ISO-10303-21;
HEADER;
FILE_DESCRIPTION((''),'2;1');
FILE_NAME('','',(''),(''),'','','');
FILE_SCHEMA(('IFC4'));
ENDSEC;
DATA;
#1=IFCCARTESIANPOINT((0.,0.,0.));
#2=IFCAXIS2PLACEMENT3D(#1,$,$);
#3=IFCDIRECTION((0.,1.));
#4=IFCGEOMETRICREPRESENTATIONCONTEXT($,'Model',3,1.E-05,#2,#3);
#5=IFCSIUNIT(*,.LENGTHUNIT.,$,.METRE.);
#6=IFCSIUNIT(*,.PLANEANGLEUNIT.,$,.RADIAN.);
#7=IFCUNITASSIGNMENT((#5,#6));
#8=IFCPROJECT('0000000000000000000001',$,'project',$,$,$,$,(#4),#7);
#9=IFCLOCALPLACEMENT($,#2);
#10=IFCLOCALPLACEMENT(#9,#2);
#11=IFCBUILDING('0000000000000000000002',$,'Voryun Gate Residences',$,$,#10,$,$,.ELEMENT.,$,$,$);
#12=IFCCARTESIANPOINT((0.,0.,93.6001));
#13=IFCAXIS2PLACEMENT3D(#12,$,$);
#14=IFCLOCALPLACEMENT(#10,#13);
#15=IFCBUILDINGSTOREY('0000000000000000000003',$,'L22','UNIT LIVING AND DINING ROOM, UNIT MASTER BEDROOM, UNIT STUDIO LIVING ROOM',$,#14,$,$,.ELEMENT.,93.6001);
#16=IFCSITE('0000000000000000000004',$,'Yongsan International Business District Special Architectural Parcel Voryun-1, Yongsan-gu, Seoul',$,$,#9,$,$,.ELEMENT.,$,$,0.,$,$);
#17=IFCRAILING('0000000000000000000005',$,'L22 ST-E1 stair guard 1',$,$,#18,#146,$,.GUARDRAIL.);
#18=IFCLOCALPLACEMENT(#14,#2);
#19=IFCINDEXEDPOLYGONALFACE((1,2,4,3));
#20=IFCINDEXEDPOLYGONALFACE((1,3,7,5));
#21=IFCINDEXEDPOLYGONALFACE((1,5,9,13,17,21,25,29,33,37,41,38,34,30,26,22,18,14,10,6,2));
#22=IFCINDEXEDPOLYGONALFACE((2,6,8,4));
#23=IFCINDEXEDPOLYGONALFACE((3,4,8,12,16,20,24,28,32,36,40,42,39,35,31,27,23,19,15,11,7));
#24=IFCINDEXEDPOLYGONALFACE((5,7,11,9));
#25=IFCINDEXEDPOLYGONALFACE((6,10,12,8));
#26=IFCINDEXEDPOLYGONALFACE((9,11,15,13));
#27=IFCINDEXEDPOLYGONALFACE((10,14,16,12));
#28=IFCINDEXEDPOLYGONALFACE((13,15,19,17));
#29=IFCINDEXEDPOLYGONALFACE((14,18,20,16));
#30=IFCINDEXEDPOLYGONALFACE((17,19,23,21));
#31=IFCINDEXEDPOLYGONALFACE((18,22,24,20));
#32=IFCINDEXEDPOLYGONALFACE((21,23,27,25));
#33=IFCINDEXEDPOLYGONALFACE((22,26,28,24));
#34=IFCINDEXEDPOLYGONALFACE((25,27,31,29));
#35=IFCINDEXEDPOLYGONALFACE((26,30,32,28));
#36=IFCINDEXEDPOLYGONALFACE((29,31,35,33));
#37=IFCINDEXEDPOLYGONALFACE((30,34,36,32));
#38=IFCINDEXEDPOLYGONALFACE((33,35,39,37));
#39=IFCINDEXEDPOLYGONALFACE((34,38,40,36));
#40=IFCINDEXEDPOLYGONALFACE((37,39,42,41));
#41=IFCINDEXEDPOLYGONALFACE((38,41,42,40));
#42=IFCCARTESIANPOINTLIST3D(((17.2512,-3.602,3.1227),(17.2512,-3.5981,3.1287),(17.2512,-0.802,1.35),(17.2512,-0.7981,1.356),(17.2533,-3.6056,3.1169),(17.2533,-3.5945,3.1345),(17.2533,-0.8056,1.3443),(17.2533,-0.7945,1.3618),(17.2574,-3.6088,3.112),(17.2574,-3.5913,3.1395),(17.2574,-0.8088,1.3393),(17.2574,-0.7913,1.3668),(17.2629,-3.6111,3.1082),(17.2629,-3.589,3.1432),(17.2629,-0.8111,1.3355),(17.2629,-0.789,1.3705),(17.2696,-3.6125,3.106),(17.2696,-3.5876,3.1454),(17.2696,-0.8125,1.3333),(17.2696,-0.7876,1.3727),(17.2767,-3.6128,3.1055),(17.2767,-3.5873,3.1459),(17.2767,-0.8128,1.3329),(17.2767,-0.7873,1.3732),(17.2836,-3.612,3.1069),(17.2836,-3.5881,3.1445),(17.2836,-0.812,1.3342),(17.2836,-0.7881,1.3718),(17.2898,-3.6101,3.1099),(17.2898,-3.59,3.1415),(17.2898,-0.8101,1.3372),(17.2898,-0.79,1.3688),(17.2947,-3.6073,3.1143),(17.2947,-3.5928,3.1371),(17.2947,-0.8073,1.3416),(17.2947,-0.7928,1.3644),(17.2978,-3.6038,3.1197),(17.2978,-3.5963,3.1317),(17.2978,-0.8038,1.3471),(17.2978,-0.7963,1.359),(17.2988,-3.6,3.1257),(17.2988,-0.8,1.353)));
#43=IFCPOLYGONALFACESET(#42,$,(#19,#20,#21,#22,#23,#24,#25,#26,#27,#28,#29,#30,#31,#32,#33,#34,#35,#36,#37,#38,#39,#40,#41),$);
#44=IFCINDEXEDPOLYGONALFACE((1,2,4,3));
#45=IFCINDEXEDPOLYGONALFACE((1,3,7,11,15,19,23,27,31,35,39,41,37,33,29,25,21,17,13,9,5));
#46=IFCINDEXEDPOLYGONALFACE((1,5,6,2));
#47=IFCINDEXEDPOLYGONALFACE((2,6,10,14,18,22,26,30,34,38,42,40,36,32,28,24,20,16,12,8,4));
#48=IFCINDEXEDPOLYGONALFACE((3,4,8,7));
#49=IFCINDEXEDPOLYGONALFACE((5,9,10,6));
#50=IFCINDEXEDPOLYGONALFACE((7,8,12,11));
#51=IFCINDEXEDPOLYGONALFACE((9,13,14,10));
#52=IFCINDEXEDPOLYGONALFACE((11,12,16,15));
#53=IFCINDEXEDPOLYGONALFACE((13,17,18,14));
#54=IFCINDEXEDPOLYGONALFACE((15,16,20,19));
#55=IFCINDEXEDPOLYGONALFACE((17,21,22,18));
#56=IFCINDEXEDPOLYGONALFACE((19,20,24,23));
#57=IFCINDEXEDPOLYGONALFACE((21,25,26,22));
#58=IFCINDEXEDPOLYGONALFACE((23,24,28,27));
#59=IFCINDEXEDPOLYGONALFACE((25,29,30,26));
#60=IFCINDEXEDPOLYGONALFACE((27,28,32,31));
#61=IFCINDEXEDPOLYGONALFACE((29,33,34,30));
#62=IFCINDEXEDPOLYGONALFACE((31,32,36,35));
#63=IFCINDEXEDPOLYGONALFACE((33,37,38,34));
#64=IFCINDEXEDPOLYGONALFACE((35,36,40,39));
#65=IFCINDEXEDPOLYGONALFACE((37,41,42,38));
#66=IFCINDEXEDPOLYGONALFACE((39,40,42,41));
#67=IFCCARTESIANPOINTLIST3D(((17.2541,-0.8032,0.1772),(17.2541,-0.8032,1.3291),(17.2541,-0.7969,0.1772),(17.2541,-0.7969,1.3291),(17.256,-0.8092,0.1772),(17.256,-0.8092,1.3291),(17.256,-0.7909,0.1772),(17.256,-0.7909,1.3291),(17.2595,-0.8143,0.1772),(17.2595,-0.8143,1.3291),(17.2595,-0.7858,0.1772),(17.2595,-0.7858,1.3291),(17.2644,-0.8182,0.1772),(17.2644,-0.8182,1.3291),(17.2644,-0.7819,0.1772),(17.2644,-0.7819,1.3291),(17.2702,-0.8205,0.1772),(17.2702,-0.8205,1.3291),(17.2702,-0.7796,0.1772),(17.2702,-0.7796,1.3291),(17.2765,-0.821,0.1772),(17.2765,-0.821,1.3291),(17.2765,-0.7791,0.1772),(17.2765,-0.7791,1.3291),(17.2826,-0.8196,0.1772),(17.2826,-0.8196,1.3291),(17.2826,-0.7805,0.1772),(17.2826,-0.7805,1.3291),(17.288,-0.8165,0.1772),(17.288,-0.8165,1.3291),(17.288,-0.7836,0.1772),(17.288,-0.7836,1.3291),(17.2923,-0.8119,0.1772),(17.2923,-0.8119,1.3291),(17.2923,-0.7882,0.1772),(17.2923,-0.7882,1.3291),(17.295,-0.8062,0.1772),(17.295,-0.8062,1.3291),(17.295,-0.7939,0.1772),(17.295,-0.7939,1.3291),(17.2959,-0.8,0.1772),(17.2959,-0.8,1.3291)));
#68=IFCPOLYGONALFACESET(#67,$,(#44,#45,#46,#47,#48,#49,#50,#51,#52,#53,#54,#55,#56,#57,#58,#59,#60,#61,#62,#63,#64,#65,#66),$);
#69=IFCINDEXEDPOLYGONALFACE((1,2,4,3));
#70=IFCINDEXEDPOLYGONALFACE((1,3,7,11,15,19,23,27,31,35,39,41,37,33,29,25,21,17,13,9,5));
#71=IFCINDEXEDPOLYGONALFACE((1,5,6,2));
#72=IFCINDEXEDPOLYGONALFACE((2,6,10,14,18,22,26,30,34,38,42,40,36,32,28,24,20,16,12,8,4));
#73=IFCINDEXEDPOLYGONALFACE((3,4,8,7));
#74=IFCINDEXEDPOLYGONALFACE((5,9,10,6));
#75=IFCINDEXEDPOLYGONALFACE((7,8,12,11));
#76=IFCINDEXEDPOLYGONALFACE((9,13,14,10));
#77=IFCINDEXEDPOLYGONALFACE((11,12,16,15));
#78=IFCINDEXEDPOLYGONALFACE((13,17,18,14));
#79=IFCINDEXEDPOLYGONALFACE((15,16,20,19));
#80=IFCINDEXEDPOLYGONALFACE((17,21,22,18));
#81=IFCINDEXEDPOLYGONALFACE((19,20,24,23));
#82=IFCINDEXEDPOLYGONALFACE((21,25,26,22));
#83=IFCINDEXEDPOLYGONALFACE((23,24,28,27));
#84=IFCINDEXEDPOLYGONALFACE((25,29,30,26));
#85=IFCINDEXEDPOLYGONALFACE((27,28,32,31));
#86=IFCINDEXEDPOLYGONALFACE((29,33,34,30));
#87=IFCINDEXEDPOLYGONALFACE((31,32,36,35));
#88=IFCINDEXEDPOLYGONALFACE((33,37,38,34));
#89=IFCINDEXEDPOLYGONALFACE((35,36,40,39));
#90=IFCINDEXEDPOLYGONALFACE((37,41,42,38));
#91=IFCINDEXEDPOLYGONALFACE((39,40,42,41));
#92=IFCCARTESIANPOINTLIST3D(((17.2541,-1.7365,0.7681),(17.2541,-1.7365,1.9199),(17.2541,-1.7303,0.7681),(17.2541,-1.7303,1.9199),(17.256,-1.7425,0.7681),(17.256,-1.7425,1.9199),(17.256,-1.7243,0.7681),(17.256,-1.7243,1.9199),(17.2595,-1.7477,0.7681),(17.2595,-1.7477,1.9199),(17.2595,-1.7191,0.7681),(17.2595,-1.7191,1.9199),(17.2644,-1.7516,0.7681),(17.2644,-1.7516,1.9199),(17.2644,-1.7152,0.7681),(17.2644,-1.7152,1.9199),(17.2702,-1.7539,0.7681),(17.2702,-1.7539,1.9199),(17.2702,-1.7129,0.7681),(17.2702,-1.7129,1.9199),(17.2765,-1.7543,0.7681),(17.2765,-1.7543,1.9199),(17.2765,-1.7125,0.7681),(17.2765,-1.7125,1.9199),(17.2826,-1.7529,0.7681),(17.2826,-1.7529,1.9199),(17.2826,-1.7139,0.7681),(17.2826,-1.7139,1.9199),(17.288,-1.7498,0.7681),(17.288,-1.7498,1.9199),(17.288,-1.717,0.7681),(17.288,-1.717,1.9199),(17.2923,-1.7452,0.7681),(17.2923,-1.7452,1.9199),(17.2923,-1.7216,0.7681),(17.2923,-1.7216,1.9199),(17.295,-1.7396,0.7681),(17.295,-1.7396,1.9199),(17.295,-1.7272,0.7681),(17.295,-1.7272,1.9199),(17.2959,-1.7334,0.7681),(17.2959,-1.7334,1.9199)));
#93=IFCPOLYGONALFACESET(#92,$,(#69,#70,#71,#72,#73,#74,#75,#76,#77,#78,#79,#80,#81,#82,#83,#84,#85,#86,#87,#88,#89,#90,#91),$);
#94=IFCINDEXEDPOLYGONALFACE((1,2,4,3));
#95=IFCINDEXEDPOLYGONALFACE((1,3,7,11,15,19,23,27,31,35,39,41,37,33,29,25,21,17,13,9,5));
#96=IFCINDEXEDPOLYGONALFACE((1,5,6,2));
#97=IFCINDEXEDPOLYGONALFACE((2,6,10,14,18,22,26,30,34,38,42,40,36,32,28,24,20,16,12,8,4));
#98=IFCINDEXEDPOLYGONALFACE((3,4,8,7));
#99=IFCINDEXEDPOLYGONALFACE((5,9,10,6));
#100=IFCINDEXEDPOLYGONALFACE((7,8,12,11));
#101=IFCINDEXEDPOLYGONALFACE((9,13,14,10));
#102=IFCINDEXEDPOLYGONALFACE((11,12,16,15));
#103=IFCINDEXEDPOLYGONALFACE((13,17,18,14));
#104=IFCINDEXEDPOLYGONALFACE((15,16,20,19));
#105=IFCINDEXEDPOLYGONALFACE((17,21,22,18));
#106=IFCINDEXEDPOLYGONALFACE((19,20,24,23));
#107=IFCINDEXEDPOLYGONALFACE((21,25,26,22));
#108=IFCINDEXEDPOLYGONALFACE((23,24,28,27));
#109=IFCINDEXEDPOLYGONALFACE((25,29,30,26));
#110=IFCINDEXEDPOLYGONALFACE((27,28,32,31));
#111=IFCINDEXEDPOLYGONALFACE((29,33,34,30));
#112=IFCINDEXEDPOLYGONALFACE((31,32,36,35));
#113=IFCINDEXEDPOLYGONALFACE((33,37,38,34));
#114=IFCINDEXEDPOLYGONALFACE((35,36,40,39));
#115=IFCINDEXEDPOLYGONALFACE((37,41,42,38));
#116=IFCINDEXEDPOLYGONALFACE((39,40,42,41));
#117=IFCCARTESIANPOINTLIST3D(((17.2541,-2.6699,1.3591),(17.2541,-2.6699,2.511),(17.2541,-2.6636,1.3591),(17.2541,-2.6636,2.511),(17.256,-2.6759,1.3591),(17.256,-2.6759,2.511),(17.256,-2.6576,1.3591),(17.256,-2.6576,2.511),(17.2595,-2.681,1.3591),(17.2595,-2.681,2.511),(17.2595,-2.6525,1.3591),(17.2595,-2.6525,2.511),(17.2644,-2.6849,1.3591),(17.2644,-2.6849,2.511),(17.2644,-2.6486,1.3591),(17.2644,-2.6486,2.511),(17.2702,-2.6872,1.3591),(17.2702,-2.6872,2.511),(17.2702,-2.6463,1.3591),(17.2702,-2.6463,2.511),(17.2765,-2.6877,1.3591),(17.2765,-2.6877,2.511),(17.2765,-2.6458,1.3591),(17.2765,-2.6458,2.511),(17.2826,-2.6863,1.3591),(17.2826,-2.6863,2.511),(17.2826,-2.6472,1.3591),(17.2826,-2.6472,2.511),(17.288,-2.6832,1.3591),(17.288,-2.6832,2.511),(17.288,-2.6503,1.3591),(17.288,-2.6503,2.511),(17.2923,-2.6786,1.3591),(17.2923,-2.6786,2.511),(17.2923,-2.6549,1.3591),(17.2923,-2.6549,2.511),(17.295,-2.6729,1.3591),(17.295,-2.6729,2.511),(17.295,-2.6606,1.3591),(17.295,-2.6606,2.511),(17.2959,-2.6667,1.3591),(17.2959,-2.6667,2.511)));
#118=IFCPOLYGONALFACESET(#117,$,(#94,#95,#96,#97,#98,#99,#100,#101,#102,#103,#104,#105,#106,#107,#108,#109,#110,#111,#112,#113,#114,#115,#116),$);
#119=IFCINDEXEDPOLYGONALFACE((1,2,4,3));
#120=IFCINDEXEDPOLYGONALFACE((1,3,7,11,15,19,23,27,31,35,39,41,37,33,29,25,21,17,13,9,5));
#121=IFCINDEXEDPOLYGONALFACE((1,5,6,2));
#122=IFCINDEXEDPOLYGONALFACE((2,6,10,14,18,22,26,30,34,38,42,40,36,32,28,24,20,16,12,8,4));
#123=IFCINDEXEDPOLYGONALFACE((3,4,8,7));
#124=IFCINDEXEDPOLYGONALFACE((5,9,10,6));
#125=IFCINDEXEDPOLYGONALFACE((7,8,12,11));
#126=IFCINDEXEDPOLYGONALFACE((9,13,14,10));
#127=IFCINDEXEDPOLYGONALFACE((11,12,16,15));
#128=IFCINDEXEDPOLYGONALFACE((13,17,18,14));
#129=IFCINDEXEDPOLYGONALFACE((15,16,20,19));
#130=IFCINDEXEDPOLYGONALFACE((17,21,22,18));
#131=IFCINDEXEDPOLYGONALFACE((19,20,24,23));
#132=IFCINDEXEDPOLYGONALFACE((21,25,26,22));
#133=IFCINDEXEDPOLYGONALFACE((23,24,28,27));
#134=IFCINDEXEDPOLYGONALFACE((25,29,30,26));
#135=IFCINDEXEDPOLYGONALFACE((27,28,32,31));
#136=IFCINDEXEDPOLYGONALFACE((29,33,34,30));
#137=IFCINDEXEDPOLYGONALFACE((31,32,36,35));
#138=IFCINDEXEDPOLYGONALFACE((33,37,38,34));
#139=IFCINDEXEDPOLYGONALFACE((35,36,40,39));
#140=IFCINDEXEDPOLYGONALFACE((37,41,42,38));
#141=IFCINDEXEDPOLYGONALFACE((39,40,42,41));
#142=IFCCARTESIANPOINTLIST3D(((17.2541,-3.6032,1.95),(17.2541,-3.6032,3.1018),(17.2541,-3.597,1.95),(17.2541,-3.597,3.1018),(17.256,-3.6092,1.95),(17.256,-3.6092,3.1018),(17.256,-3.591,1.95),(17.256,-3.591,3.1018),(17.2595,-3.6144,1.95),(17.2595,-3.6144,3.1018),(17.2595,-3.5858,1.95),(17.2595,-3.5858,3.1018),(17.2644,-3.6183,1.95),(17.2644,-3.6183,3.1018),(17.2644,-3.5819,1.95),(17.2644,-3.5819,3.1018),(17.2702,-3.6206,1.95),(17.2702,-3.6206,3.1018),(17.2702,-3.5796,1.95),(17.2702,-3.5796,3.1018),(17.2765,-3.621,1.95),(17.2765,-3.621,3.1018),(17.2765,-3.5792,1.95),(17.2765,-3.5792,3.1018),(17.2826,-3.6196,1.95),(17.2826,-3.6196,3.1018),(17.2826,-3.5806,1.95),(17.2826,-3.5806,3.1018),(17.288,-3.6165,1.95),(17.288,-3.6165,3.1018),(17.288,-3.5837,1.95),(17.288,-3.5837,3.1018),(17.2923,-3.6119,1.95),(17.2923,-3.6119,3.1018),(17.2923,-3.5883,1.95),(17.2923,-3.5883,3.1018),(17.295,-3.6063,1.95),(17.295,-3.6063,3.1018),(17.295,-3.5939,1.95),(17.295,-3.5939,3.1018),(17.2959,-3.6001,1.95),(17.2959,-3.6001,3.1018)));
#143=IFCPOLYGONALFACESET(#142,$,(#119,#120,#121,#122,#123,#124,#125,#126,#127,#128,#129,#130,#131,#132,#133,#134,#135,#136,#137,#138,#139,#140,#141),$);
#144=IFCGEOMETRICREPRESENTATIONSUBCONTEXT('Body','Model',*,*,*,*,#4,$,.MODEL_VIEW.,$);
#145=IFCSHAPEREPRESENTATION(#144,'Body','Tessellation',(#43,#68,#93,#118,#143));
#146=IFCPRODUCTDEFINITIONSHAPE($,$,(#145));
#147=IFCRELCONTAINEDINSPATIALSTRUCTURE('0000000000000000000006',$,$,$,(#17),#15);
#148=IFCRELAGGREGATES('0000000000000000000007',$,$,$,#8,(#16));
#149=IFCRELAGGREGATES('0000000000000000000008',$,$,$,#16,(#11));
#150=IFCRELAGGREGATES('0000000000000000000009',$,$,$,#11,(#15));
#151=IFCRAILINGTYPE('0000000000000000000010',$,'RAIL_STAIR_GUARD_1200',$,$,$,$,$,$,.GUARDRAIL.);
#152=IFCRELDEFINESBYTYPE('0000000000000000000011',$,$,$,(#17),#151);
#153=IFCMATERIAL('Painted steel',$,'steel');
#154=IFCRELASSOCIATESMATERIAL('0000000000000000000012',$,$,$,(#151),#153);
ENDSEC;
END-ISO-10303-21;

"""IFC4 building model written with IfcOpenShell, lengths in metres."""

from ifc_helpers import new_model, si_unit, direction, frame, origin, origin_2d, place, context, subcontext, project, spatial, circle, extrude, material, type_object, element, save


model = new_model("IFC4")

# Units and contexts
model_context = context("Model", 3, precision=1e-05, world=origin(), true_north=direction((0.0, 1.0)))
body_context = subcontext(model_context, "Body", "Model", "MODEL_VIEW")
ifc_project = project(units=[si_unit("LENGTHUNIT", "METRE"), si_unit("PLANEANGLEUNIT", "RADIAN")], contexts=[model_context])

# Site, building, storey
site_placement = place(None, origin())
site = spatial("IfcSite", under=ifc_project, at=site_placement, Name="Yongsan International Business District Special Architectural Parcel Voryun-1, Yongsan-gu, Seoul", CompositionType="ELEMENT", RefElevation=0.0)
building_placement = place(site_placement, origin())
building = spatial("IfcBuilding", under=site, at=building_placement, Name="Voryun Gate Residences", CompositionType="ELEMENT")
storey_placement = place(building_placement, frame((0.0, 0.0, 93.6001)))
storey = spatial("IfcBuildingStorey", under=building, at=storey_placement, Name="L22", Description="UNIT LIVING AND DINING ROOM, UNIT MASTER BEDROOM, UNIT STUDIO LIVING ROOM", CompositionType="ELEMENT", Elevation=93.6001)

# Railing
ifc_material_1 = material(Name="Painted steel", Category="steel")
railing_type_1 = type_object("IfcRailingType", Name="RAIL_STAIR_GUARD_1200", PredefinedType="GUARDRAIL", material=ifc_material_1)
railing_1_placement = place(storey_placement, frame((17.2749, -0.8, 0.1772)))
element("IfcRailing", 1, at=railing_1_placement, inside=storey, type_object=railing_type_1, Name="L22 ST-E1 stair guard 1", PredefinedType="GUARDRAIL", context=body_context, shape_type="SweptSolid", body=[
    extrude(circle(Radius=0.0239, at=origin_2d()), frame((0.0, 0.0, 1.1758), z_axis=(0.0, -0.844909, 0.53491), x_axis=(1.0, 0.0, 0.0)), (0.0, 0.0, 1.0), 3.314),
    extrude(circle(Radius=0.021, at=origin_2d()), origin(), (0.0, 0.0, 1.0), 1.1519),
    extrude(circle(Radius=0.021, at=origin_2d()), frame((0.0, -0.9333, 0.5908)), (0.0, 0.0, 1.0), 1.1519),
    extrude(circle(Radius=0.021, at=origin_2d()), frame((0.0, -1.8667, 1.1819)), (0.0, 0.0, 1.0), 1.1519),
    extrude(circle(Radius=0.021, at=origin_2d()), frame((0.0, -2.8, 1.7727)), (0.0, 0.0, 1.0), 1.1519),
])

save(model, "model.ifc")
